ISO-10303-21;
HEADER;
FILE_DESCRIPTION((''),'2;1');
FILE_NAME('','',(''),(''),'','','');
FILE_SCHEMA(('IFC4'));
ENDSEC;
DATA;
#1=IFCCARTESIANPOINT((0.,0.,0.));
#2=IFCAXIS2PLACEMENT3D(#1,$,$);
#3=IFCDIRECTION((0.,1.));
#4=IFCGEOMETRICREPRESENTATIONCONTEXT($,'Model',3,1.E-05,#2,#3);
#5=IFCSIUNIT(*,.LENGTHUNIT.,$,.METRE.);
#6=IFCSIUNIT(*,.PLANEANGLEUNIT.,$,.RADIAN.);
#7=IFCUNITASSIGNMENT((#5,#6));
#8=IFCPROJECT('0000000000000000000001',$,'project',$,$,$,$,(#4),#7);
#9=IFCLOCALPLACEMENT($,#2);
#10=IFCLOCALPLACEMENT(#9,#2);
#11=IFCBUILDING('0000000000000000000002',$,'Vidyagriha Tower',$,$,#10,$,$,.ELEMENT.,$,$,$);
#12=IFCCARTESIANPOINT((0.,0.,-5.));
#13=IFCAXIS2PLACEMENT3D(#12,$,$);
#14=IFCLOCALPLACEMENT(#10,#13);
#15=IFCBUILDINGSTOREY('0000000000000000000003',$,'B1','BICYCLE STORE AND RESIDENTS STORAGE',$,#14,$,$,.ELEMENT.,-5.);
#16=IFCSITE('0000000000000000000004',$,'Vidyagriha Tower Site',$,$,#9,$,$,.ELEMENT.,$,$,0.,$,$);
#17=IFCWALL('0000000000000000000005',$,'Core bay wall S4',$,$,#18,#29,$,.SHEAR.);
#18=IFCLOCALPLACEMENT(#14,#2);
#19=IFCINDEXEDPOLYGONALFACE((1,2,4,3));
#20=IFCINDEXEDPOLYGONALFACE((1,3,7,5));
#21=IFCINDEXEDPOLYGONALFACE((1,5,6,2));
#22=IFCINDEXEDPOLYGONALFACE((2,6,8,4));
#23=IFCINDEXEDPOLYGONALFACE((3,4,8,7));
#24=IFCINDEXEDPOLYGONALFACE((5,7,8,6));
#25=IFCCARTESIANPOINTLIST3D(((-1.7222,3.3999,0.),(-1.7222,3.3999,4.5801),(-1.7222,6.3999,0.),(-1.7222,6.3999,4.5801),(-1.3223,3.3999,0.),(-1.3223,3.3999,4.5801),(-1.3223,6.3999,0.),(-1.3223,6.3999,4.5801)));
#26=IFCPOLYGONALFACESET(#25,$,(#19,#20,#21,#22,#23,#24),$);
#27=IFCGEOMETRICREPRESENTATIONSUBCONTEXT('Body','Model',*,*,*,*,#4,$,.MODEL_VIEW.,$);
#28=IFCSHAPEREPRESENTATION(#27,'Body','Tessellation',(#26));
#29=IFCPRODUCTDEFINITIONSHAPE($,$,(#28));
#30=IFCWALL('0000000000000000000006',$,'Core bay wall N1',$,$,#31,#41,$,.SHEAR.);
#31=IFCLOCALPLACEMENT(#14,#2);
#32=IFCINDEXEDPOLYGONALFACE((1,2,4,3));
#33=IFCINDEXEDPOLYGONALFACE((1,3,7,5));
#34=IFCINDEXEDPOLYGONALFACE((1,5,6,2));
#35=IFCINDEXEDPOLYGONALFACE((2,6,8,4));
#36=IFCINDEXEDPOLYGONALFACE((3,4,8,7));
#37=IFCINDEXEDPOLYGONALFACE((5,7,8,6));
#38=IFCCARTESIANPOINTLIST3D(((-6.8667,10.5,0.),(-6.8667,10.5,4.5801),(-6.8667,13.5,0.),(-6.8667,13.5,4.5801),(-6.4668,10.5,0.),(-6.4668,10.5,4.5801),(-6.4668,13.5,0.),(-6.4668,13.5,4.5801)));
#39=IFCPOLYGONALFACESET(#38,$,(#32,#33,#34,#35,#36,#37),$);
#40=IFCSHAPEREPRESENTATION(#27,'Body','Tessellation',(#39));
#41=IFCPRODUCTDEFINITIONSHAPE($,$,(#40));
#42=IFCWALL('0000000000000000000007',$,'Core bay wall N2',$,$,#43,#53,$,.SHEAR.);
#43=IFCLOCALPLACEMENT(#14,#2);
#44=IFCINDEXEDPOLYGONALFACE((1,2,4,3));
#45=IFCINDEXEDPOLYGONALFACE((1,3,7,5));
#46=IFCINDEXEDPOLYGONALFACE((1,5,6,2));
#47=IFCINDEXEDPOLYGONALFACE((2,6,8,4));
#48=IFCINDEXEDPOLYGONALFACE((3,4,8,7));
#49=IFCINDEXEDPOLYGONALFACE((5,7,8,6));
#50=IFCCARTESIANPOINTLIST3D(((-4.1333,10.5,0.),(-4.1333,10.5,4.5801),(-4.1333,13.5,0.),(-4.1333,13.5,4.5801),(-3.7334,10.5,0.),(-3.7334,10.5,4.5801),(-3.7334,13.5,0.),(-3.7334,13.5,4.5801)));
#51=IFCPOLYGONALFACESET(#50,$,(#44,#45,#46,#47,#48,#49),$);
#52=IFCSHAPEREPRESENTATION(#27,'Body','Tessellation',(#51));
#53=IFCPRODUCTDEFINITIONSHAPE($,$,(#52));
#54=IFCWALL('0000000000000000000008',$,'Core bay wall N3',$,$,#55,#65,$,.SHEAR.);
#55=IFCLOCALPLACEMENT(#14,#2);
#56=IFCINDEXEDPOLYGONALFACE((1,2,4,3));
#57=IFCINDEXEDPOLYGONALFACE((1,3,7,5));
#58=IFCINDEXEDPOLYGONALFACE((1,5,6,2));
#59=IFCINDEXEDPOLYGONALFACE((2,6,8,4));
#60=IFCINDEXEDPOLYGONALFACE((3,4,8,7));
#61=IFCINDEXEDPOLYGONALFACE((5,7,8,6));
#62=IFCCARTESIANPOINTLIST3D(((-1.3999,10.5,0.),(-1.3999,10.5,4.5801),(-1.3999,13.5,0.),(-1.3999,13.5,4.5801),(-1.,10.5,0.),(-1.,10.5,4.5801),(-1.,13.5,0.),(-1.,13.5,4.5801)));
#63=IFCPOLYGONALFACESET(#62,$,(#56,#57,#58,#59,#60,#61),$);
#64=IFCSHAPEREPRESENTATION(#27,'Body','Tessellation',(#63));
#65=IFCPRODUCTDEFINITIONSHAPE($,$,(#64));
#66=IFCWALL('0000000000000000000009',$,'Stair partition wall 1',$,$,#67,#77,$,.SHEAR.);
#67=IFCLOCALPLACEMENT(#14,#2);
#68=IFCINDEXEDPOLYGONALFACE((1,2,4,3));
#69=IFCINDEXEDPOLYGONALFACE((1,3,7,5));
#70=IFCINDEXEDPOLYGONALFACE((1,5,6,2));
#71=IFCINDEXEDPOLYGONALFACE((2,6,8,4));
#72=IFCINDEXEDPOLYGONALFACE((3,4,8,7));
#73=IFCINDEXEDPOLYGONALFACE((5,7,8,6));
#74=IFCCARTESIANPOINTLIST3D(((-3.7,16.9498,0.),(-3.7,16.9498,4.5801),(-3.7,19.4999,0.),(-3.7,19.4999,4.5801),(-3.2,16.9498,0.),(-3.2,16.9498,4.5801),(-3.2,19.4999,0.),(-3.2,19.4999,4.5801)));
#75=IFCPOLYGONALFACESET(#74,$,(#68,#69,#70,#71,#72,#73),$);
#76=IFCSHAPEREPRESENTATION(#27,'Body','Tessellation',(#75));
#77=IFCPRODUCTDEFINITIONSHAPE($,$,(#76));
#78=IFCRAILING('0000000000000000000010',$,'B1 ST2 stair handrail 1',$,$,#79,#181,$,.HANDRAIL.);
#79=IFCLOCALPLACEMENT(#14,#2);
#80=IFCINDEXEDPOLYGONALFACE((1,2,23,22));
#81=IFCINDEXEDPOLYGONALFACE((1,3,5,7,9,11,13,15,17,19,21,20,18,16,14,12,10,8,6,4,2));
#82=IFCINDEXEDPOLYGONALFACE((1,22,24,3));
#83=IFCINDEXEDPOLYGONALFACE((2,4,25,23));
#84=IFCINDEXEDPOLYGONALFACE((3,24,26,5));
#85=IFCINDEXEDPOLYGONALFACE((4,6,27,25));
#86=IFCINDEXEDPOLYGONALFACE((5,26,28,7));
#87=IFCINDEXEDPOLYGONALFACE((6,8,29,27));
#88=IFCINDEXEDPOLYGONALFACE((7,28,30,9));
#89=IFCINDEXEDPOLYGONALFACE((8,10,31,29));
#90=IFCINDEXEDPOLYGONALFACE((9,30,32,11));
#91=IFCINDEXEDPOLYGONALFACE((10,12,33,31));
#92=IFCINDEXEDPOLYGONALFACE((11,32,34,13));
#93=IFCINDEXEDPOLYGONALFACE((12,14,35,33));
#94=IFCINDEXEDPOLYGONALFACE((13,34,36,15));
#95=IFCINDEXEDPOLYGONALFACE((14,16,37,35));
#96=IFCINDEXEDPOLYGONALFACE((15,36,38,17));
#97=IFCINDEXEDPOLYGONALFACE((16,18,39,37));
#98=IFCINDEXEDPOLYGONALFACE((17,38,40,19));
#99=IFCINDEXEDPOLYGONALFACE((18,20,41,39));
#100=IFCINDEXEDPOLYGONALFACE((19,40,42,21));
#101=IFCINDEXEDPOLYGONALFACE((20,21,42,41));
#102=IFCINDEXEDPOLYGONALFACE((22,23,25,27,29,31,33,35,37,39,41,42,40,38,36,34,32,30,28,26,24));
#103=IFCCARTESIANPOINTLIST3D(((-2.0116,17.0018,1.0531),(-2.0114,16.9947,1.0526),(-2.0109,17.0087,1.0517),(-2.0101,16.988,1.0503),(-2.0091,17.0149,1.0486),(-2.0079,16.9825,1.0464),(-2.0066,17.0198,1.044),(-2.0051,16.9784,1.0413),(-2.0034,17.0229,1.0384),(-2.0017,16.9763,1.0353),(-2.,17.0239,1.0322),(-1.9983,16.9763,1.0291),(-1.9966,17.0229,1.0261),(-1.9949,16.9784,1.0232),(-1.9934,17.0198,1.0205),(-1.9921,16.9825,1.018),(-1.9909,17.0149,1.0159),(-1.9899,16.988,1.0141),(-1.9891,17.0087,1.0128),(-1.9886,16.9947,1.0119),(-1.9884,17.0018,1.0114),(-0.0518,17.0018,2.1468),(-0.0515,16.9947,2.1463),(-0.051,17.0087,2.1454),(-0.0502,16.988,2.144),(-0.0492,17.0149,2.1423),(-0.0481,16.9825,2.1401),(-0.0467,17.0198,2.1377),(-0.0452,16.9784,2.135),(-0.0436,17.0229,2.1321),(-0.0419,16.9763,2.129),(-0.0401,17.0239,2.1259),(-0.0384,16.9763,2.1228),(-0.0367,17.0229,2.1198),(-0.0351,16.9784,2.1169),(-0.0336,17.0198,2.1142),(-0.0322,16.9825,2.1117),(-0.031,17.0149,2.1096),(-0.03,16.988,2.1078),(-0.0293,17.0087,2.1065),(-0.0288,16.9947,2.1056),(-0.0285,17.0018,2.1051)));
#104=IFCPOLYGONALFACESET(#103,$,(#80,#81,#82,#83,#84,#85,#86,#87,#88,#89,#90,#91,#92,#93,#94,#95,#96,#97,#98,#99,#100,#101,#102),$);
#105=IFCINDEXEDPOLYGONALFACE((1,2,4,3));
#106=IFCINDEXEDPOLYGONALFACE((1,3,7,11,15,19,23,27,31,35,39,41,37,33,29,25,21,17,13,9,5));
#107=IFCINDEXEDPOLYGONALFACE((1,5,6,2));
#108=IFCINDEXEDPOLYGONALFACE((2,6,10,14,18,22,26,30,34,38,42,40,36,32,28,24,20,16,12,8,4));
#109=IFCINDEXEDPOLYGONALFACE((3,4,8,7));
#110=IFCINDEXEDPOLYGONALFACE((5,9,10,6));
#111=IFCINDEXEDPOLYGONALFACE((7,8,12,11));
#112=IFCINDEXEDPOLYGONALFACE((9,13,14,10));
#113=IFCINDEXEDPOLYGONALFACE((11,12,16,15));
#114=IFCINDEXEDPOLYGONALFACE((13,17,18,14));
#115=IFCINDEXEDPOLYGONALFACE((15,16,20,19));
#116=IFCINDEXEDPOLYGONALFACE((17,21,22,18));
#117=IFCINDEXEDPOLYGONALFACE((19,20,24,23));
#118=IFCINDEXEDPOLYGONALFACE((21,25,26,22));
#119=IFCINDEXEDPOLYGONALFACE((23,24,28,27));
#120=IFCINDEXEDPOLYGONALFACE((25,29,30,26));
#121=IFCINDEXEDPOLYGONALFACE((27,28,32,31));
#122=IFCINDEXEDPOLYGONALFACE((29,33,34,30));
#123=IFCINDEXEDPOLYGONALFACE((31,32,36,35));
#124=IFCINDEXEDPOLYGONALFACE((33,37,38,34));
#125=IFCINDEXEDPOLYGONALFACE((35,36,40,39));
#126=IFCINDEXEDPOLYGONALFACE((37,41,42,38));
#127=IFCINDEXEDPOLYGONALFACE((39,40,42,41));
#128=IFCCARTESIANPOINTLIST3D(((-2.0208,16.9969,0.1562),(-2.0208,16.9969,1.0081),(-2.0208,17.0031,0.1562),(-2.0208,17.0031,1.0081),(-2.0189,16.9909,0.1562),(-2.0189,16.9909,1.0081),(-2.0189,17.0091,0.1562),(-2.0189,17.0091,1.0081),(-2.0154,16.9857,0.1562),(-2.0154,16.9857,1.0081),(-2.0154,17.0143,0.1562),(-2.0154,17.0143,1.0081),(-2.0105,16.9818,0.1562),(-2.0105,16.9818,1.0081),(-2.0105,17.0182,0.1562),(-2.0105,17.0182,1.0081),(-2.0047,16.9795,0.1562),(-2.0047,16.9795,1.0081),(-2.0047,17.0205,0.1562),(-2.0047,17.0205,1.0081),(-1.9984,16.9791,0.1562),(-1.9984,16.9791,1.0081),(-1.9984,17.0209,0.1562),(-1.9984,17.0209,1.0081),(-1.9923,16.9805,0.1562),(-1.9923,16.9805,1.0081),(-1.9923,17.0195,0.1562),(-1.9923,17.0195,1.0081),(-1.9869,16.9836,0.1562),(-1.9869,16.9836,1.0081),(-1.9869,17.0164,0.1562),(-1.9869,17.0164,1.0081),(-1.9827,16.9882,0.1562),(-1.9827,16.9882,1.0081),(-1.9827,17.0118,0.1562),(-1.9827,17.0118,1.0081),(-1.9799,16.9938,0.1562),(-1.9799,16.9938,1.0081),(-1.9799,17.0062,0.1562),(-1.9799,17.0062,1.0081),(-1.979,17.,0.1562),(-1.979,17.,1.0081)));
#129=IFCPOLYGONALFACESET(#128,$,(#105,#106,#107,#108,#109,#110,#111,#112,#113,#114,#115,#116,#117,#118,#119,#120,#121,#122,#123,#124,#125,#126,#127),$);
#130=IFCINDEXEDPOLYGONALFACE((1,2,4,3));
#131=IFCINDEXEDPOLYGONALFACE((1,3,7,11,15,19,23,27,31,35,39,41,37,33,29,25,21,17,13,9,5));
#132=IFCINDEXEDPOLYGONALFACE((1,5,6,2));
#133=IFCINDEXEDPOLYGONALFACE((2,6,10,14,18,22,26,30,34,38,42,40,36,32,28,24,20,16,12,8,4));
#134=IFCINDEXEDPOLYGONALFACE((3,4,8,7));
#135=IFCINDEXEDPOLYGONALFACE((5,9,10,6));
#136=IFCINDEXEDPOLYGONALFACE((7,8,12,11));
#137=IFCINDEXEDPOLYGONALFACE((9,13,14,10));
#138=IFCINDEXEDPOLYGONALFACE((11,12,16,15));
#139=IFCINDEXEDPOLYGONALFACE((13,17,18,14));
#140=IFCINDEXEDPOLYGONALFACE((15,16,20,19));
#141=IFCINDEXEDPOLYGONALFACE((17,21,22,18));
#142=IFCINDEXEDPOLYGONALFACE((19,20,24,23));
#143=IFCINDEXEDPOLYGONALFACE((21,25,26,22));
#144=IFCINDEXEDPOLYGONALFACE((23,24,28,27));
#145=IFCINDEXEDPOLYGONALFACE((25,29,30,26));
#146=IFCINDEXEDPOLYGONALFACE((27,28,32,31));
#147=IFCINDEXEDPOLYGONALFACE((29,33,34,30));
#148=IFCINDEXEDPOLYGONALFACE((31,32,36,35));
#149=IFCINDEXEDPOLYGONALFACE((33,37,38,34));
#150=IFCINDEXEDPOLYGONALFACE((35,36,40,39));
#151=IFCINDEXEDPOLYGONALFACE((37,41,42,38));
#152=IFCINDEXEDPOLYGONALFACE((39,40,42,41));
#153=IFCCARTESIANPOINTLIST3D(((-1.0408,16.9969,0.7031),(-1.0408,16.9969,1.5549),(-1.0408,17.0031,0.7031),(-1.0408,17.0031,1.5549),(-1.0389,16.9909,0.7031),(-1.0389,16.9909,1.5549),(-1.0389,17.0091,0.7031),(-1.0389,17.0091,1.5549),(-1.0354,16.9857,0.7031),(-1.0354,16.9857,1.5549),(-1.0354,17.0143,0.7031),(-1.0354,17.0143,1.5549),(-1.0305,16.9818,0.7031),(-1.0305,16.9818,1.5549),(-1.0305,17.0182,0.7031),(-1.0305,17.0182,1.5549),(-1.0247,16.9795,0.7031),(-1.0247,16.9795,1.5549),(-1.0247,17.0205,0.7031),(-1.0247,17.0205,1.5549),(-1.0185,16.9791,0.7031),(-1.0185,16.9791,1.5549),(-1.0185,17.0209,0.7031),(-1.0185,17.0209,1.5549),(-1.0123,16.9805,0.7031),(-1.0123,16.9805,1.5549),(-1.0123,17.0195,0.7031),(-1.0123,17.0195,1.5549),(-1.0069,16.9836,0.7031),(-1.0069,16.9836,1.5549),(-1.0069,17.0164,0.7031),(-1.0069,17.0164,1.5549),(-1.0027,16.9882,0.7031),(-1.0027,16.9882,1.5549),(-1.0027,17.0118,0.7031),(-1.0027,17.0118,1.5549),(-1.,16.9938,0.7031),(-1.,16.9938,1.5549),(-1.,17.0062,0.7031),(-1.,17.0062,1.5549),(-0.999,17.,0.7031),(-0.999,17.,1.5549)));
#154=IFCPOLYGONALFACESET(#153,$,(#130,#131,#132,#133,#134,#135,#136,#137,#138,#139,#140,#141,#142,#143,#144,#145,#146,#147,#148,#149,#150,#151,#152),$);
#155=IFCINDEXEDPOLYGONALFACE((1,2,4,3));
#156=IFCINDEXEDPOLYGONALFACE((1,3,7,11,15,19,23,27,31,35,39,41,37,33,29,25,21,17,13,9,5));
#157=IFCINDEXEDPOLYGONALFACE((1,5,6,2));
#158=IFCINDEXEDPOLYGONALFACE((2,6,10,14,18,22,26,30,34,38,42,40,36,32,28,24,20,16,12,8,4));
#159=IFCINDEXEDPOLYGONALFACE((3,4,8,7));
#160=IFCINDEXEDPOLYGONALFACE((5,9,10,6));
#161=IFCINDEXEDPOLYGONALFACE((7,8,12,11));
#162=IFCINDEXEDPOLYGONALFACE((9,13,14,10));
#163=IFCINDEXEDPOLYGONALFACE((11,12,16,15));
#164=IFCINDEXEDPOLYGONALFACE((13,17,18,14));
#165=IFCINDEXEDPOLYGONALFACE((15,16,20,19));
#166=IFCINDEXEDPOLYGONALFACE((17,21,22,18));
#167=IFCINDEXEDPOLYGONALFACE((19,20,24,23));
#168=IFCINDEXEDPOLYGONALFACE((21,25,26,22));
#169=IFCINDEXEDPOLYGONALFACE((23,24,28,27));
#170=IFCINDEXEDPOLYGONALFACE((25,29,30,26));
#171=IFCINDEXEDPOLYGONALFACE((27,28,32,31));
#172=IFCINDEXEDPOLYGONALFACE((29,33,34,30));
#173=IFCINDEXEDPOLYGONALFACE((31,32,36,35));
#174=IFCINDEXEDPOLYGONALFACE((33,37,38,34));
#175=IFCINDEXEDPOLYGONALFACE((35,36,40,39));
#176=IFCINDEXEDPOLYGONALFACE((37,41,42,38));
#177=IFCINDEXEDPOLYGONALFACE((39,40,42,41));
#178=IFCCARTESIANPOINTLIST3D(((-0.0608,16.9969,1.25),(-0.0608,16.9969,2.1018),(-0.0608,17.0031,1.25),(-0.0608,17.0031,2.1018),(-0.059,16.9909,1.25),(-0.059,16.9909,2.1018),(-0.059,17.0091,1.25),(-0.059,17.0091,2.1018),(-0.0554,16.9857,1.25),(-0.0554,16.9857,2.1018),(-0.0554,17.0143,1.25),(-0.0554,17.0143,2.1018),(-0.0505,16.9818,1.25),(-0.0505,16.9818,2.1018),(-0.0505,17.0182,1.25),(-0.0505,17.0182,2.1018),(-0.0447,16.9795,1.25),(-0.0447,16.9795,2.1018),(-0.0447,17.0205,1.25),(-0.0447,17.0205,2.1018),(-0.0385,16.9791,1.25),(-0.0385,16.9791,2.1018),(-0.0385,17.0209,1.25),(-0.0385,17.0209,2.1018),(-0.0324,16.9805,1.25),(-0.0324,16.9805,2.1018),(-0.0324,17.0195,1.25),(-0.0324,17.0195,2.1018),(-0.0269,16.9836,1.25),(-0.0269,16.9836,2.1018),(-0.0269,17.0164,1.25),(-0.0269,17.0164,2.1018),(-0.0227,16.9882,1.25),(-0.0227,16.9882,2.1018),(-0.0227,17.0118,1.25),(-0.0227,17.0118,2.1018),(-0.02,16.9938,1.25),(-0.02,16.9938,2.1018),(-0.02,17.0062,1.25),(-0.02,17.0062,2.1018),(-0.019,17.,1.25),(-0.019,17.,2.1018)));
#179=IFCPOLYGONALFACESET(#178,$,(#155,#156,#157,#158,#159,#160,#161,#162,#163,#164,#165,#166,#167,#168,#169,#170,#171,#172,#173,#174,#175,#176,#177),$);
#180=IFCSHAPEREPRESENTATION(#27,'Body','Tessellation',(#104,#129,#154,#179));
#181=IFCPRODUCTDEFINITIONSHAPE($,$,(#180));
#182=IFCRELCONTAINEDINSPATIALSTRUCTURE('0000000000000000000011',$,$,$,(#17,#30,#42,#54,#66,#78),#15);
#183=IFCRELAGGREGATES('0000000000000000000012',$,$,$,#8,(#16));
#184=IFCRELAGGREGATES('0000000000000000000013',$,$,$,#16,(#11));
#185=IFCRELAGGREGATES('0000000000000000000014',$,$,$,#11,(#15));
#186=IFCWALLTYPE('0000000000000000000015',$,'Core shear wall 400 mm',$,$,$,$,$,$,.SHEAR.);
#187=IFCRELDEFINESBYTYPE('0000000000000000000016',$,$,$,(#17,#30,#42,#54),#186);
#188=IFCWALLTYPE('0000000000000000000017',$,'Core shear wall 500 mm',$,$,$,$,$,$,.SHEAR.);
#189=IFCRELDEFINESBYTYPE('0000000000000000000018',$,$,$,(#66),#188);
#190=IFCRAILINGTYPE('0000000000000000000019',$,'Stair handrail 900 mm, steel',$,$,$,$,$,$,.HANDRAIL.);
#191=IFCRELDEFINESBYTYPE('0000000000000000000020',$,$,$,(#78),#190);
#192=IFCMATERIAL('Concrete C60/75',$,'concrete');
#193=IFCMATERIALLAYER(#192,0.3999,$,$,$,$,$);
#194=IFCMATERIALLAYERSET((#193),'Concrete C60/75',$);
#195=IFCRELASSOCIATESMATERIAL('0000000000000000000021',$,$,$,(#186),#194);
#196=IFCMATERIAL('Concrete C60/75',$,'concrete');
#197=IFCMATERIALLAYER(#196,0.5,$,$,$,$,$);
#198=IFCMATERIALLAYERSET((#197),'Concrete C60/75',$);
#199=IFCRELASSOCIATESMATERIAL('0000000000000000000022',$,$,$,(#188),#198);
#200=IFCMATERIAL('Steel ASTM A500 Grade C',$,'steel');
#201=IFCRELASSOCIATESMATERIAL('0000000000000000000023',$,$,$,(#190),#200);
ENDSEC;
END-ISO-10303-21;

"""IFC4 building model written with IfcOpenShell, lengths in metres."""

from ifc_helpers import new_model, si_unit, direction, frame, frame_2d, origin, origin_2d, place, context, subcontext, project, spatial, rectangle, circle, extrude, material, layer, layer_set, type_object, element, save


model = new_model("IFC4")

# Units and contexts
model_context = context("Model", 3, precision=1e-05, world=origin(), true_north=direction((0.0, 1.0)))
body_context = subcontext(model_context, "Body", "Model", "MODEL_VIEW")
ifc_project = project(units=[si_unit("LENGTHUNIT", "METRE"), si_unit("PLANEANGLEUNIT", "RADIAN")], contexts=[model_context])

# Site, building, storey
site_placement = place(None, origin())
site = spatial("IfcSite", under=ifc_project, at=site_placement, Name="Vidyagriha Tower Site", CompositionType="ELEMENT", RefElevation=0.0)
building_placement = place(site_placement, origin())
building = spatial("IfcBuilding", under=site, at=building_placement, Name="Vidyagriha Tower", CompositionType="ELEMENT")
storey_placement = place(building_placement, frame((0.0, 0.0, -5.0)))
storey = spatial("IfcBuildingStorey", under=building, at=storey_placement, Name="B1", Description="BICYCLE STORE AND RESIDENTS STORAGE", CompositionType="ELEMENT", Elevation=-5.0)

# Walls
ifc_material_1 = material(Name="Concrete C60/75", Category="concrete")
ifc_layer_1 = layer(ifc_material_1, 0.3999)
ifc_layer_set_1 = layer_set([ifc_layer_1], Name="Concrete C60/75")
wall_type_1 = type_object("IfcWallType", Name="Core shear wall 400 mm", PredefinedType="SHEAR", material=ifc_layer_set_1)
for number, where, z_axis, x_axis, name in (
    (1, (-1.5222, 3.3999, 0.0), (0.0, 0.0, 1.0), (0.0, 1.0, 0.0), "Core bay wall S4"),
    (2, (-6.6667, 10.5, 0.0), (0.0, 0.0, 1.0), (0.0, 1.0, 0.0), "Core bay wall N1"),
    (3, (-3.9333, 10.5, 0.0), (0.0, 0.0, 1.0), (0.0, 1.0, 0.0), "Core bay wall N2"),
    (4, (-1.2, 10.5, 0.0), (0.0, 0.0, 1.0), (0.0, 1.0, 0.0), "Core bay wall N3"),
):
    element("IfcWall", number, at=place(storey_placement, frame(where, z_axis=z_axis, x_axis=x_axis)), inside=storey, type_object=wall_type_1, Name=name, PredefinedType="SHEAR", context=body_context, shape_type="SweptSolid", body=[
        extrude(rectangle(XDim=3.0, YDim=0.3999, at=frame_2d((1.5, 0.0))), origin(), (0.0, 0.0, 1.0), 4.5801),
    ])
ifc_material_2 = material(Name="Concrete C60/75", Category="concrete")
ifc_layer_2 = layer(ifc_material_2, 0.5)
ifc_layer_set_2 = layer_set([ifc_layer_2], Name="Concrete C60/75")
wall_type_2 = type_object("IfcWallType", Name="Core shear wall 500 mm", PredefinedType="SHEAR", material=ifc_layer_set_2)
wall_placement = place(storey_placement, frame((-3.45, 16.95, 0.0), z_axis=(0.0, 0.0, 1.0), x_axis=(0.0, 1.0, 0.0)))
element("IfcWall", 5, at=wall_placement, inside=storey, type_object=wall_type_2, Name="Stair partition wall 1", PredefinedType="SHEAR", context=body_context, shape_type="SweptSolid", body=[
    extrude(rectangle(XDim=2.55, YDim=0.5, at=frame_2d((1.2749, 0.0))), origin(), (0.0, 0.0, 1.0), 4.5801),
])

# Railing
ifc_material_3 = material(Name="Steel ASTM A500 Grade C", Category="steel")
railing_type = type_object("IfcRailingType", Name="Stair handrail 900 mm, steel", PredefinedType="HANDRAIL", material=ifc_material_3)
for number, where, name in (
    (6, (-2.0, 17.0, 0.1562), "B1 ST2 stair handrail 1"),
):
    element("IfcRailing", number, at=place(storey_placement, frame(where)), inside=storey, type_object=railing_type, Name=name, PredefinedType="HANDRAIL", context=body_context, shape_type="SweptSolid", body=[
        extrude(circle(Radius=0.0239, at=origin_2d()), frame((0.0, 0.0, 0.876), z_axis=(0.873232, 0.0, 0.487304), x_axis=(0.0, 1.0, 0.0)), (0.0, 0.0, 1.0), 2.2444),
        extrude(circle(Radius=0.021, at=origin_2d()), origin(), (0.0, 0.0, 1.0), 0.8518),
        extrude(circle(Radius=0.021, at=origin_2d()), frame((0.98, 0.0, 0.5469)), (0.0, 0.0, 1.0), 0.8518),
        extrude(circle(Radius=0.021, at=origin_2d()), frame((1.96, 0.0, 1.0938)), (0.0, 0.0, 1.0), 0.8518),
    ])

save(model, "model.ifc")
